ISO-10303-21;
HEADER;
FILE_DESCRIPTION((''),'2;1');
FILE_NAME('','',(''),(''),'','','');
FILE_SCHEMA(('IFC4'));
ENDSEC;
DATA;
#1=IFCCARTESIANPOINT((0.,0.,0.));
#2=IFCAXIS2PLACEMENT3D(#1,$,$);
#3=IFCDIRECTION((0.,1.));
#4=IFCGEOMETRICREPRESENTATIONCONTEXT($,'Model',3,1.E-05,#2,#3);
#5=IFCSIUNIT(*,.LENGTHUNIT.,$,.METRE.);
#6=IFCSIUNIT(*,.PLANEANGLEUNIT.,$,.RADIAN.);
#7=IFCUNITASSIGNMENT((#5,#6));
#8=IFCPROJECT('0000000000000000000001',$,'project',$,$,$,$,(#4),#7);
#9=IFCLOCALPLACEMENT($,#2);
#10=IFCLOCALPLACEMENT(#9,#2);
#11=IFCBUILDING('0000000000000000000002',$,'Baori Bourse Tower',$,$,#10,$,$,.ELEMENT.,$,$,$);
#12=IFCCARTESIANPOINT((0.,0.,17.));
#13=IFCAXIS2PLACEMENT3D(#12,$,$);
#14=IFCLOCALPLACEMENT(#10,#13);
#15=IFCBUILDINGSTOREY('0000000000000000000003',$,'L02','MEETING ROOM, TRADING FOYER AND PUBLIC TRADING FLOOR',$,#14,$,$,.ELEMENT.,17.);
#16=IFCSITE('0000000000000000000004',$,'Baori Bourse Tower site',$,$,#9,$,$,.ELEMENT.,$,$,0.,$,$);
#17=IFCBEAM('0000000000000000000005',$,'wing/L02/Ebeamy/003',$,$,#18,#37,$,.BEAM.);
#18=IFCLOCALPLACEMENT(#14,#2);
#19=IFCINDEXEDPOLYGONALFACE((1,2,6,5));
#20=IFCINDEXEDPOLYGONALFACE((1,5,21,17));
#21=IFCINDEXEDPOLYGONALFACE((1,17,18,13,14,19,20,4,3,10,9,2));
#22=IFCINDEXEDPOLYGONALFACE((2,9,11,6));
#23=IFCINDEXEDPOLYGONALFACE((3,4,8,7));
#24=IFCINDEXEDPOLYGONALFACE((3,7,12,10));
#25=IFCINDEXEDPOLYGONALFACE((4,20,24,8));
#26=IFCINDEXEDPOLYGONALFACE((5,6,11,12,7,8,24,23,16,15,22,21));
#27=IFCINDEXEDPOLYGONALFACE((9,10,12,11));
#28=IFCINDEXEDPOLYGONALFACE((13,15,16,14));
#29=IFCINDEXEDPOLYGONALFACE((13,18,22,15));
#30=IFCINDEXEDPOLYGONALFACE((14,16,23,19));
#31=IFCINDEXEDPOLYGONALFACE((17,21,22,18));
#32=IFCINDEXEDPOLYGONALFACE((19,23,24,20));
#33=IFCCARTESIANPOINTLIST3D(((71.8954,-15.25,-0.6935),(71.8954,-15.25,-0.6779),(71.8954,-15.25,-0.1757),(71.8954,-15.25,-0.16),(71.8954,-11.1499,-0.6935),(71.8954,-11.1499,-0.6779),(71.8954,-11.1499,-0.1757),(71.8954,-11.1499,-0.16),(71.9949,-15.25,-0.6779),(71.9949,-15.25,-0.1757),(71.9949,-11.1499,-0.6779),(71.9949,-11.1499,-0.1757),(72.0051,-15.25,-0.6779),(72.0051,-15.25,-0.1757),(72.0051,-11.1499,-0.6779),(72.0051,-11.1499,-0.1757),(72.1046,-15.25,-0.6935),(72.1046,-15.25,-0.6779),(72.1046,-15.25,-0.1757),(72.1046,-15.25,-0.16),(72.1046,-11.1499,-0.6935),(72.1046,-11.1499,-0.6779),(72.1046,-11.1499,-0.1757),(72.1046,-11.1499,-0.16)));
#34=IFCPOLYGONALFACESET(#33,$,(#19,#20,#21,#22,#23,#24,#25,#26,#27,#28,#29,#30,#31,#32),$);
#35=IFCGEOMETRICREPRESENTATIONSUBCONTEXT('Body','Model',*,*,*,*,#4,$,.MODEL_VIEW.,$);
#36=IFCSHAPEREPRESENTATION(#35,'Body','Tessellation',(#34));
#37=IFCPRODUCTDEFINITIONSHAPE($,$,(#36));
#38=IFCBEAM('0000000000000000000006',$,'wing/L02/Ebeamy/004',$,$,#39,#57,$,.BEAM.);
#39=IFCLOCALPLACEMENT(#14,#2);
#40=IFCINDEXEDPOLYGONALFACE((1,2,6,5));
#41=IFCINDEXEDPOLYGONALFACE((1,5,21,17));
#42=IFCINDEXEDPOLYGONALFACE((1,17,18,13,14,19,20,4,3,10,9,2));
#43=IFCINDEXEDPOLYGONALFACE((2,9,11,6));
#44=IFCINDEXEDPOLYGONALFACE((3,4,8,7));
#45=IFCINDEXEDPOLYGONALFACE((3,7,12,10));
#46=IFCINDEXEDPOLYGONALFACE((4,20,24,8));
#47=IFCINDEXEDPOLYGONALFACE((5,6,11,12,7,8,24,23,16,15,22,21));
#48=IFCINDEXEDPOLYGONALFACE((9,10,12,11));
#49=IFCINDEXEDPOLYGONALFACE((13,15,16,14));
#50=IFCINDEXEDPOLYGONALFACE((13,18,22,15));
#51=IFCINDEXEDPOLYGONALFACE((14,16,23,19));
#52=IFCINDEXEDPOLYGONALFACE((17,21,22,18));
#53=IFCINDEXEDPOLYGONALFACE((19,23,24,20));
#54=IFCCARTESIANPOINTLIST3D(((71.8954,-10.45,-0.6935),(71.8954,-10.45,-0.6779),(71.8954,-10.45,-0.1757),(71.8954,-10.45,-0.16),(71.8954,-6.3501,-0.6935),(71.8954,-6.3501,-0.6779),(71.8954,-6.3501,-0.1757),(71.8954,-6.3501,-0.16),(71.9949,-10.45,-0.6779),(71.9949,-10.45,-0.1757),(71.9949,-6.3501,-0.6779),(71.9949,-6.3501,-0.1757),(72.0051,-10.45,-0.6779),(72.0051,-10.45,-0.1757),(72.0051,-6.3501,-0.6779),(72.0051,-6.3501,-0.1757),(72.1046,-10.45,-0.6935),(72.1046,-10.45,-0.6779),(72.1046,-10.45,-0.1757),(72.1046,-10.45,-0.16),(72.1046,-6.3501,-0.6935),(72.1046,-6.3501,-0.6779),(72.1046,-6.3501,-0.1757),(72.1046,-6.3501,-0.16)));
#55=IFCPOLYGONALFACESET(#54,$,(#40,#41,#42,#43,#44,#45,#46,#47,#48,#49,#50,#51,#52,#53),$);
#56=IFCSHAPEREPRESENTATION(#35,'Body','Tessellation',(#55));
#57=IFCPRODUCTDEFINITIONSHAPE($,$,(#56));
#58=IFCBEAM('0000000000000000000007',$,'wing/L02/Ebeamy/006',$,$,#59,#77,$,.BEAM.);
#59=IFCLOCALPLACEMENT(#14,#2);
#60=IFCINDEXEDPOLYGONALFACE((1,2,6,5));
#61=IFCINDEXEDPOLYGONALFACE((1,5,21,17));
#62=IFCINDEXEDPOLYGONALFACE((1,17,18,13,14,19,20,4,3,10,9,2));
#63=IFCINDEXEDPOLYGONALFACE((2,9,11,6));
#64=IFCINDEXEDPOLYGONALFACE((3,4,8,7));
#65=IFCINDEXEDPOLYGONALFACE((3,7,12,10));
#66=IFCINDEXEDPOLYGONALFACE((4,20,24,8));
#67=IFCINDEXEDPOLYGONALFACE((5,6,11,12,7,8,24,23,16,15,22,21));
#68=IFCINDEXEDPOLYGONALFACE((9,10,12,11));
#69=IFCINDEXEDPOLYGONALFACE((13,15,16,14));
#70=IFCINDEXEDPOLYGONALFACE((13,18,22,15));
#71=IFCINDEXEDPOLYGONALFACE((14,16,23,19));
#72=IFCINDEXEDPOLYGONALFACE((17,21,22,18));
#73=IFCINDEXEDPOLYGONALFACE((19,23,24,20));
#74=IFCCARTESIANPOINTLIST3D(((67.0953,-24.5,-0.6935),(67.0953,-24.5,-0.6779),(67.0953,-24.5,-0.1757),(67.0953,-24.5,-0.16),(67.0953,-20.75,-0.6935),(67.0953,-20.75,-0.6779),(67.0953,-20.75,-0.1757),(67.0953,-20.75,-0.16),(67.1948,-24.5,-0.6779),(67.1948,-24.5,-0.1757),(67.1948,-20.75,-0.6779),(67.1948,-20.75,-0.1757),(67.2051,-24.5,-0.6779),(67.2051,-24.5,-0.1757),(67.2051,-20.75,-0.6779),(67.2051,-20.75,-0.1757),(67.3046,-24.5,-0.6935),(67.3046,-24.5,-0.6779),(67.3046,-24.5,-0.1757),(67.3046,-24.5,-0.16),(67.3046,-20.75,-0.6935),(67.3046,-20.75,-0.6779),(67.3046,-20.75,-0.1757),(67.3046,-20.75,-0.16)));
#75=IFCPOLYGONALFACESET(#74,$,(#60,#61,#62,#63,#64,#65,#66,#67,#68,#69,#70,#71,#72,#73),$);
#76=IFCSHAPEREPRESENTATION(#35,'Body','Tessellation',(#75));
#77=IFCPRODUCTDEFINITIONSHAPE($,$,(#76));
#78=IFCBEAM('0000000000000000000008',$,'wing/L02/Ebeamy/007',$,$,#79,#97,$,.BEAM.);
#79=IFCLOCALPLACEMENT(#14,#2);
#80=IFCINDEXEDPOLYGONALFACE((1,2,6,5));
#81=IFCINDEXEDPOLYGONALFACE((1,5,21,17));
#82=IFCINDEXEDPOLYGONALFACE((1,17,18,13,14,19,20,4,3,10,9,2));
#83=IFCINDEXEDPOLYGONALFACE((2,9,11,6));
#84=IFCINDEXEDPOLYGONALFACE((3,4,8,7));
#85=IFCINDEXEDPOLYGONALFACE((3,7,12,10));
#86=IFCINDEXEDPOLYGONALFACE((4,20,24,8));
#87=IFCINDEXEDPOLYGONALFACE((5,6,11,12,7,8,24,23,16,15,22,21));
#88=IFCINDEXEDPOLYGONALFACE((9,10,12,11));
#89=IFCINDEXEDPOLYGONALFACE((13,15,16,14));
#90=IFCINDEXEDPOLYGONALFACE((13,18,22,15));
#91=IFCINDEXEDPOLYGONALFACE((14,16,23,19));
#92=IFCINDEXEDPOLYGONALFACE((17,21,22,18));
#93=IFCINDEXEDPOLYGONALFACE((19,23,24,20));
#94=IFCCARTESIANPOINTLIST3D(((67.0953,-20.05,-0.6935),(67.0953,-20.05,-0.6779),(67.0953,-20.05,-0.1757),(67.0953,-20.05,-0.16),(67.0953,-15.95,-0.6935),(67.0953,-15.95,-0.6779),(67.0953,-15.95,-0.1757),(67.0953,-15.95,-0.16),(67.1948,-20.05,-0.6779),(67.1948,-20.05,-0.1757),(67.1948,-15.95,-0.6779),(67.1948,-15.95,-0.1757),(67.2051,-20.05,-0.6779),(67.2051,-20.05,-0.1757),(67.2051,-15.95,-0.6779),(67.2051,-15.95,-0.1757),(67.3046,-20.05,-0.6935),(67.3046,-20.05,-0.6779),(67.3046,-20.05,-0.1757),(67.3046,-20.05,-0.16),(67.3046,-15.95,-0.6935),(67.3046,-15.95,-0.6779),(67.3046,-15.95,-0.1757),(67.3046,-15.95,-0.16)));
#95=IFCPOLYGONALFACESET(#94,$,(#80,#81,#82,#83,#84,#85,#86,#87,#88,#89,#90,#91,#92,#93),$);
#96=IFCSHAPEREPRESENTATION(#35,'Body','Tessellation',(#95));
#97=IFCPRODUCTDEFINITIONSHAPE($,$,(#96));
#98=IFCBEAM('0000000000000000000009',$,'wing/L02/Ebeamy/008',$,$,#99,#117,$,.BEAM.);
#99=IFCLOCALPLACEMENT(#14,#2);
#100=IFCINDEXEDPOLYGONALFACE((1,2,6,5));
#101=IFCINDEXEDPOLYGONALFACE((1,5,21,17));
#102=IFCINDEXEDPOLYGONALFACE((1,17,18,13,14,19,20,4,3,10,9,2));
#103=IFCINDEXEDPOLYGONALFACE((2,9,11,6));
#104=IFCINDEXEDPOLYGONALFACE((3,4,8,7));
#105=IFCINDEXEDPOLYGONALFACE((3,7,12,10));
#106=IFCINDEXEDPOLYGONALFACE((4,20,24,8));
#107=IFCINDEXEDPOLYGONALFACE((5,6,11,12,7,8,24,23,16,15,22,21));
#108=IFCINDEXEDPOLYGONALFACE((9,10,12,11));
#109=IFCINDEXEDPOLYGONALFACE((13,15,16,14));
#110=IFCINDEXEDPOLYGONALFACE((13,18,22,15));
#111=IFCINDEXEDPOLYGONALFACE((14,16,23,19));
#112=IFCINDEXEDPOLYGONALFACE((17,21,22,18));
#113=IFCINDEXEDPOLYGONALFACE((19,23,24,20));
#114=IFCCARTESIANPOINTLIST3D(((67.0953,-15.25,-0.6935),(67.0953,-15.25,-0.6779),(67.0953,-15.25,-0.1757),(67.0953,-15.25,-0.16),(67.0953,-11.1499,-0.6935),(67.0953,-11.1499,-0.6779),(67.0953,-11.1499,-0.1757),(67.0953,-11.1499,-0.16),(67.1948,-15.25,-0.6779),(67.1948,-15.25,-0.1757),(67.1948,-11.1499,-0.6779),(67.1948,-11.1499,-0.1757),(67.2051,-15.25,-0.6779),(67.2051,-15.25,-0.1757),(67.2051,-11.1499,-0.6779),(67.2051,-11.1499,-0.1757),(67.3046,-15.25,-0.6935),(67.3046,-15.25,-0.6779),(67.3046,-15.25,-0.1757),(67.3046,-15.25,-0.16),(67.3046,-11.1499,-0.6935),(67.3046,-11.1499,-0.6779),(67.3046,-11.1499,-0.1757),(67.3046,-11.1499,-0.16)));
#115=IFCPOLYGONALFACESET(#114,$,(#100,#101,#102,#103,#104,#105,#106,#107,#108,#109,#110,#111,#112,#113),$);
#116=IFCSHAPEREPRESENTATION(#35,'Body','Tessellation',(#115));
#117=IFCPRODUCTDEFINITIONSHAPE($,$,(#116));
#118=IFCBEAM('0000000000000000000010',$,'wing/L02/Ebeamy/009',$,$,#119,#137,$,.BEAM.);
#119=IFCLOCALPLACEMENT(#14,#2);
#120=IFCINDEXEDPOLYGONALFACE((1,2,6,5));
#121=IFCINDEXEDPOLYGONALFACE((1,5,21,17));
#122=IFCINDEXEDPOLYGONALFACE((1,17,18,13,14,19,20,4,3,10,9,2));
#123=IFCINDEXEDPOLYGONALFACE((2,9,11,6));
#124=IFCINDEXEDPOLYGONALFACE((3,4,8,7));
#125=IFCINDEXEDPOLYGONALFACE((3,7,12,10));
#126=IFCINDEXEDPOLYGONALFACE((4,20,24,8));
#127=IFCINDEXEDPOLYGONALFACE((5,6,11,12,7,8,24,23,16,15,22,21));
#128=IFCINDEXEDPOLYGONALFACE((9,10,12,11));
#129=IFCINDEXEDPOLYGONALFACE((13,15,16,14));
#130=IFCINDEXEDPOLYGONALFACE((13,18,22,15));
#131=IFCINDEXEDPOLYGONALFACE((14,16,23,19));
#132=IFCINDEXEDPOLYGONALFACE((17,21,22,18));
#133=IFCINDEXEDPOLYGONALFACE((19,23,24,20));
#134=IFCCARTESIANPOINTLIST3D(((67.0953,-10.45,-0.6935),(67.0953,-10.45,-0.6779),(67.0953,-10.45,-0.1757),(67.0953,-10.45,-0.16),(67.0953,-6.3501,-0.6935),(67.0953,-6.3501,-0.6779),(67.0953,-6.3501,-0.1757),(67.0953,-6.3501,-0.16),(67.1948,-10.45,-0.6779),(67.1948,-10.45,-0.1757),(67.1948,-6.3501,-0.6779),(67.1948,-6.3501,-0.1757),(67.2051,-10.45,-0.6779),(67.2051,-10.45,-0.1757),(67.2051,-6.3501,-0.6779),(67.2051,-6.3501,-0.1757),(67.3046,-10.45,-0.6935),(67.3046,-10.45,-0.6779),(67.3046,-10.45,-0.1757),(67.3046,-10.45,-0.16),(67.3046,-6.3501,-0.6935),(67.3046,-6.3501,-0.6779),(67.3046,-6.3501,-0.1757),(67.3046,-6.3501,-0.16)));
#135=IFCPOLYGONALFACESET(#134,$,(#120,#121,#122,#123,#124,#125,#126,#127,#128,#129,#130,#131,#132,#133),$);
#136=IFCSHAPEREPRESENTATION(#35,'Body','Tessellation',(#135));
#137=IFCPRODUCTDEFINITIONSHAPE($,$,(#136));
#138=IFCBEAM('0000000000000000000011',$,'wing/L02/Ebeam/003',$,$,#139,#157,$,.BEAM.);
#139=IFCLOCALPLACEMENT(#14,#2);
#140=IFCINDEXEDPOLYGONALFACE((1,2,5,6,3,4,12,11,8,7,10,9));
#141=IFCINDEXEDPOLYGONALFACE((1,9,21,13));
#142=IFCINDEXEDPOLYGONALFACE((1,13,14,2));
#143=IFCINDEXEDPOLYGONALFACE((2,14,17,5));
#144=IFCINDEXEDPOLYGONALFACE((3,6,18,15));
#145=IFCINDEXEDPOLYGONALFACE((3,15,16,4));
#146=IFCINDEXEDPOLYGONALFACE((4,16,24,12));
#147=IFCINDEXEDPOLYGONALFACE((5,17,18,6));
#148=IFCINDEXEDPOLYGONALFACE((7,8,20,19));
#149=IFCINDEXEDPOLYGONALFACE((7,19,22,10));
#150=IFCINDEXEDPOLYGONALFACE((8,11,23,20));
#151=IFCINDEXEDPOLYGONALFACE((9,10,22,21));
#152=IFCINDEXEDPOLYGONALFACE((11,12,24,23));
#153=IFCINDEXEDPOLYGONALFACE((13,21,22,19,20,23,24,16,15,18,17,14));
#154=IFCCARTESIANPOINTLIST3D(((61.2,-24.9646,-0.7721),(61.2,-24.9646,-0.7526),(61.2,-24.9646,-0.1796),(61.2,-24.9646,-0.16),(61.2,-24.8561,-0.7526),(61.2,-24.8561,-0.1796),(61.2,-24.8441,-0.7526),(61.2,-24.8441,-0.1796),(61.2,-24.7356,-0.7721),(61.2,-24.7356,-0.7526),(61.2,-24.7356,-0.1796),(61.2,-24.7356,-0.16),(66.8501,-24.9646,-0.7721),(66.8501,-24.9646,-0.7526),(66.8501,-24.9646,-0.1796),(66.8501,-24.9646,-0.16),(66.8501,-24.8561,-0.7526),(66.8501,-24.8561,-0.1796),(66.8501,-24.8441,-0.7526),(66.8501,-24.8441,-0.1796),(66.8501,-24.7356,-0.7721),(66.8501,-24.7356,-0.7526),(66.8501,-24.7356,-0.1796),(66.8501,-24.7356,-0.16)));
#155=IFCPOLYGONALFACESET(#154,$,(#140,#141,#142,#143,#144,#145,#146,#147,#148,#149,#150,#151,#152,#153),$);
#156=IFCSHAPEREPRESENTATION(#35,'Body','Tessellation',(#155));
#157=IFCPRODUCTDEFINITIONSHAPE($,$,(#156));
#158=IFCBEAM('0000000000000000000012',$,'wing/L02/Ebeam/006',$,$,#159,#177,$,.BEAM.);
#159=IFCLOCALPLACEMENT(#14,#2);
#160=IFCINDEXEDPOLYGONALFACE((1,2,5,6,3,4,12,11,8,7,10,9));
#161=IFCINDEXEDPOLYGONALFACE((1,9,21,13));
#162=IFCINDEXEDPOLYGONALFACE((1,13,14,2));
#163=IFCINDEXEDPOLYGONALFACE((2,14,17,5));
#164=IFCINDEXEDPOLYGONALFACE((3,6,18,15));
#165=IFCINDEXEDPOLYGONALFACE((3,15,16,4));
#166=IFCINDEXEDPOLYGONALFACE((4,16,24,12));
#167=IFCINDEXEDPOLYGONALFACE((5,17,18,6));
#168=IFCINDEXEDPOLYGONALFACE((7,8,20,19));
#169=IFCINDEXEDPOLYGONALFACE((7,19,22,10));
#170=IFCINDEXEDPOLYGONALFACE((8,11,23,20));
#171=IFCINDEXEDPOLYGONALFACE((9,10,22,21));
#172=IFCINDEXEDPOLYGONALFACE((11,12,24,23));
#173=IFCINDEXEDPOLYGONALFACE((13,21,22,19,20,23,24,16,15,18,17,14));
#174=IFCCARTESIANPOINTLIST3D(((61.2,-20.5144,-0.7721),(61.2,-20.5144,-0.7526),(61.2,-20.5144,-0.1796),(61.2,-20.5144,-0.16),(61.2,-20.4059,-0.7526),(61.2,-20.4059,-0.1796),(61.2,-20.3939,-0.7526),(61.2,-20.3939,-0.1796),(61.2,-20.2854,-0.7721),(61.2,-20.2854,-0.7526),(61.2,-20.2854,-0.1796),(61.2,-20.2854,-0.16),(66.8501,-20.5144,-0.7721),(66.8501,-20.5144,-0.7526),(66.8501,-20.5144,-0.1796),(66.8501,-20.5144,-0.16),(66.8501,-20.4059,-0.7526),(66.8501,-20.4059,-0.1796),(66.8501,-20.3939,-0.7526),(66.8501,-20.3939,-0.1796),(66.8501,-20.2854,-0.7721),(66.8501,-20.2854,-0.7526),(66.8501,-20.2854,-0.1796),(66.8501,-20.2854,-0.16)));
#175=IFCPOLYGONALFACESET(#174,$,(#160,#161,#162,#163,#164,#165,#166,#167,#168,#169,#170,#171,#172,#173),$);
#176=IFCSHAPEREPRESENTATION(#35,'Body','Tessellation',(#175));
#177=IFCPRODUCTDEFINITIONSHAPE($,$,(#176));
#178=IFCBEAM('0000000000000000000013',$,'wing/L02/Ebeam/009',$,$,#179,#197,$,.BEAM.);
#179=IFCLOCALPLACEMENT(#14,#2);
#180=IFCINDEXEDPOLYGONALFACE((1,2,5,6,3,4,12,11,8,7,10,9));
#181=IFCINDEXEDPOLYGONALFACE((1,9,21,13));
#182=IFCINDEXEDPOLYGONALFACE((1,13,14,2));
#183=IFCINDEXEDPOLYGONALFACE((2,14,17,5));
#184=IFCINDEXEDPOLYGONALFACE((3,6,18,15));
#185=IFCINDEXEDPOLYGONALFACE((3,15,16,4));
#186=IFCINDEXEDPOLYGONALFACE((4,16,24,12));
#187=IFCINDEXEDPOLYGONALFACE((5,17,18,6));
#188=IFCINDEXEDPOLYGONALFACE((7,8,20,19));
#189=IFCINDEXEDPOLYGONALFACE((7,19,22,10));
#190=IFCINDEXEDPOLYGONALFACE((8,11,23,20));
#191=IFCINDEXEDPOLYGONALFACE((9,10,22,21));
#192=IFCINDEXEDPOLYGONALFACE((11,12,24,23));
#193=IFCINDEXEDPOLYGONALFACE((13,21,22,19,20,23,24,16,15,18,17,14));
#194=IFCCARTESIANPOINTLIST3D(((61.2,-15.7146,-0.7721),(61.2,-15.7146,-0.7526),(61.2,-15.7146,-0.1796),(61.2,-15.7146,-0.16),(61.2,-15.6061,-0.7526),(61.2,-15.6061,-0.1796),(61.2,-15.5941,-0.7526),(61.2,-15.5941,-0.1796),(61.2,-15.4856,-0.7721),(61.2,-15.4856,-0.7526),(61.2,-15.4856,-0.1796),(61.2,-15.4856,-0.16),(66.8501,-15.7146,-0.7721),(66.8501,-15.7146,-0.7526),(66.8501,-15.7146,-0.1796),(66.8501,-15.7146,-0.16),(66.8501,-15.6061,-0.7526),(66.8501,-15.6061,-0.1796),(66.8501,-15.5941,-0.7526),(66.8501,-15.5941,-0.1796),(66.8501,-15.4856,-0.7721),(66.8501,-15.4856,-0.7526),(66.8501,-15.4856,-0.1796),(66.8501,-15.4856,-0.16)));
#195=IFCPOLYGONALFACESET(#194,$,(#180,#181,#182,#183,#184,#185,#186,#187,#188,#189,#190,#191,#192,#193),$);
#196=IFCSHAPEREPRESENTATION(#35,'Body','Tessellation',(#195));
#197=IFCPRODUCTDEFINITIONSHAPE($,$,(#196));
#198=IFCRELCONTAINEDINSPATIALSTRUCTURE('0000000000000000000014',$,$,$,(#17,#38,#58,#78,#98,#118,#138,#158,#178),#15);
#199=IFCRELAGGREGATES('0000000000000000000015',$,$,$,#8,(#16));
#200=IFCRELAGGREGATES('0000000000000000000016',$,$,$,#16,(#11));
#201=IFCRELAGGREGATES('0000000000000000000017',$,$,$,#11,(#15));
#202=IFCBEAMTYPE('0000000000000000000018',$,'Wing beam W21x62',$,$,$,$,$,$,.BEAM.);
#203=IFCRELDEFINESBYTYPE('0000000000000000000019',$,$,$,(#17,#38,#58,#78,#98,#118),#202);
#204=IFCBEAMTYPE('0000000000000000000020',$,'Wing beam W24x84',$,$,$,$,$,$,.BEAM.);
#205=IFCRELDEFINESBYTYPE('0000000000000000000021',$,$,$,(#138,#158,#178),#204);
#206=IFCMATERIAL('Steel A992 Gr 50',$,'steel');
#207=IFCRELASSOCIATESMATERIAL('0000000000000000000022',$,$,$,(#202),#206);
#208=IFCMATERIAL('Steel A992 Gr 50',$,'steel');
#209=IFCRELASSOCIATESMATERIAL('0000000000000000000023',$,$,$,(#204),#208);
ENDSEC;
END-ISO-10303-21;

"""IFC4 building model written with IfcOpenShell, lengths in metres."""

from ifc_helpers import new_model, si_unit, direction, frame, origin, origin_2d, place, context, subcontext, project, spatial, i_section, extrude, material, material_profile, profile_set, type_object, element, save


model = new_model("IFC4")

# Units and contexts
model_context = context("Model", 3, precision=1e-05, world=origin(), true_north=direction((0.0, 1.0)))
body_context = subcontext(model_context, "Body", "Model", "MODEL_VIEW")
ifc_project = project(units=[si_unit("LENGTHUNIT", "METRE"), si_unit("PLANEANGLEUNIT", "RADIAN")], contexts=[model_context])

# Site, building, storey
site_placement = place(None, origin())
site = spatial("IfcSite", under=ifc_project, at=site_placement, Name="Baori Bourse Tower site", CompositionType="ELEMENT", RefElevation=0.0)
building_placement = place(site_placement, origin())
building = spatial("IfcBuilding", under=site, at=building_placement, Name="Baori Bourse Tower", CompositionType="ELEMENT")
storey_placement = place(building_placement, frame((0.0, 0.0, 17.0)))
storey = spatial("IfcBuildingStorey", under=building, at=storey_placement, Name="L02", Description="MEETING ROOM, TRADING FOYER AND PUBLIC TRADING FLOOR", CompositionType="ELEMENT", Elevation=17.0)

# Beams
ifc_material_1 = material(Name="Steel A992 Gr 50", Category="steel")
ifc_material_profile_1 = material_profile(ifc_material_1, i_section(OverallWidth=0.2092, OverallDepth=0.5334, WebThickness=0.0103, FlangeThickness=0.0156, at=origin_2d()), Name="W21x62")
ifc_profile_set_1 = profile_set([ifc_material_profile_1], Name="Steel A992 Gr 50")
beam_type_1 = type_object("IfcBeamType", Name="Wing beam W21x62", PredefinedType="BEAM", material=ifc_profile_set_1)
for number, where, z_axis, x_axis, name in (
    (1, (72.0, -15.25, -0.4268), (0.0, 1.0, 0.0), (-1.0, 0.0, 0.0), "wing/L02/Ebeamy/003"),
):
    element("IfcBeam", number, at=place(storey_placement, frame(where, z_axis=z_axis, x_axis=x_axis)), inside=storey, type_object=beam_type_1, Name=name, PredefinedType="BEAM", context=body_context, shape_type="SweptSolid", body=[
        extrude(i_section(OverallWidth=0.2092, OverallDepth=0.5334, WebThickness=0.0103, FlangeThickness=0.0156, at=origin_2d()), origin(), (0.0, 0.0, 1.0), 4.1001),
    ])
beam_1_placement = place(storey_placement, frame((72.0, -10.45, -0.4268), z_axis=(0.0, 1.0, 0.0), x_axis=(-1.0, 0.0, 0.0)))
element("IfcBeam", 2, at=beam_1_placement, inside=storey, type_object=beam_type_1, Name="wing/L02/Ebeamy/004", PredefinedType="BEAM", context=body_context, shape_type="SweptSolid", body=[
    extrude(i_section(OverallWidth=0.2092, OverallDepth=0.5334, WebThickness=0.0103, FlangeThickness=0.0156, at=origin_2d()), origin(), (0.0, 0.0, 1.0), 4.0999),
])
beam_2_placement = place(storey_placement, frame((67.2, -24.5, -0.4268), z_axis=(0.0, 1.0, 0.0), x_axis=(-1.0, 0.0, 0.0)))
element("IfcBeam", 3, at=beam_2_placement, inside=storey, type_object=beam_type_1, Name="wing/L02/Ebeamy/006", PredefinedType="BEAM", context=body_context, shape_type="SweptSolid", body=[
    extrude(i_section(OverallWidth=0.2092, OverallDepth=0.5334, WebThickness=0.0103, FlangeThickness=0.0156, at=origin_2d()), origin(), (0.0, 0.0, 1.0), 3.75),
])
for number, where, z_axis, x_axis, name in (
    (4, (67.2, -20.05, -0.4268), (0.0, 1.0, 0.0), (-1.0, 0.0, 0.0), "wing/L02/Ebeamy/007"),
    (5, (67.2, -15.25, -0.4268), (0.0, 1.0, 0.0), (-1.0, 0.0, 0.0), "wing/L02/Ebeamy/008"),
):
    element("IfcBeam", number, at=place(storey_placement, frame(where, z_axis=z_axis, x_axis=x_axis)), inside=storey, type_object=beam_type_1, Name=name, PredefinedType="BEAM", context=body_context, shape_type="SweptSolid", body=[
        extrude(i_section(OverallWidth=0.2092, OverallDepth=0.5334, WebThickness=0.0103, FlangeThickness=0.0156, at=origin_2d()), origin(), (0.0, 0.0, 1.0), 4.1001),
    ])
beam_3_placement = place(storey_placement, frame((67.2, -10.45, -0.4268), z_axis=(0.0, 1.0, 0.0), x_axis=(-1.0, 0.0, 0.0)))
element("IfcBeam", 6, at=beam_3_placement, inside=storey, type_object=beam_type_1, Name="wing/L02/Ebeamy/009", PredefinedType="BEAM", context=body_context, shape_type="SweptSolid", body=[
    extrude(i_section(OverallWidth=0.2092, OverallDepth=0.5334, WebThickness=0.0103, FlangeThickness=0.0156, at=origin_2d()), origin(), (0.0, 0.0, 1.0), 4.0999),
])
ifc_material_2 = material(Name="Steel A992 Gr 50", Category="steel")
ifc_material_profile_2 = material_profile(ifc_material_2, i_section(OverallWidth=0.229, OverallDepth=0.6121, WebThickness=0.012, FlangeThickness=0.0195, at=origin_2d()), Name="W24x84")
ifc_profile_set_2 = profile_set([ifc_material_profile_2], Name="Steel A992 Gr 50")
beam_type_2 = type_object("IfcBeamType", Name="Wing beam W24x84", PredefinedType="BEAM", material=ifc_profile_set_2)
for number, where, z_axis, x_axis, name in (
    (7, (66.8501, -24.8501, -0.4661), (-1.0, 0.0, 0.0), (0.0, -1.0, 0.0), "wing/L02/Ebeam/003"),
    (8, (66.8501, -20.3999, -0.4661), (-1.0, 0.0, 0.0), (0.0, -1.0, 0.0), "wing/L02/Ebeam/006"),
    (9, (66.8501, -15.6001, -0.4661), (-1.0, 0.0, 0.0), (0.0, -1.0, 0.0), "wing/L02/Ebeam/009"),
):
    element("IfcBeam", number, at=place(storey_placement, frame(where, z_axis=z_axis, x_axis=x_axis)), inside=storey, type_object=beam_type_2, Name=name, PredefinedType="BEAM", context=body_context, shape_type="SweptSolid", body=[
        extrude(i_section(OverallWidth=0.229, OverallDepth=0.6121, WebThickness=0.012, FlangeThickness=0.0195, at=origin_2d()), origin(), (0.0, 0.0, 1.0), 5.6501),
    ])

save(model, "model.ifc")
